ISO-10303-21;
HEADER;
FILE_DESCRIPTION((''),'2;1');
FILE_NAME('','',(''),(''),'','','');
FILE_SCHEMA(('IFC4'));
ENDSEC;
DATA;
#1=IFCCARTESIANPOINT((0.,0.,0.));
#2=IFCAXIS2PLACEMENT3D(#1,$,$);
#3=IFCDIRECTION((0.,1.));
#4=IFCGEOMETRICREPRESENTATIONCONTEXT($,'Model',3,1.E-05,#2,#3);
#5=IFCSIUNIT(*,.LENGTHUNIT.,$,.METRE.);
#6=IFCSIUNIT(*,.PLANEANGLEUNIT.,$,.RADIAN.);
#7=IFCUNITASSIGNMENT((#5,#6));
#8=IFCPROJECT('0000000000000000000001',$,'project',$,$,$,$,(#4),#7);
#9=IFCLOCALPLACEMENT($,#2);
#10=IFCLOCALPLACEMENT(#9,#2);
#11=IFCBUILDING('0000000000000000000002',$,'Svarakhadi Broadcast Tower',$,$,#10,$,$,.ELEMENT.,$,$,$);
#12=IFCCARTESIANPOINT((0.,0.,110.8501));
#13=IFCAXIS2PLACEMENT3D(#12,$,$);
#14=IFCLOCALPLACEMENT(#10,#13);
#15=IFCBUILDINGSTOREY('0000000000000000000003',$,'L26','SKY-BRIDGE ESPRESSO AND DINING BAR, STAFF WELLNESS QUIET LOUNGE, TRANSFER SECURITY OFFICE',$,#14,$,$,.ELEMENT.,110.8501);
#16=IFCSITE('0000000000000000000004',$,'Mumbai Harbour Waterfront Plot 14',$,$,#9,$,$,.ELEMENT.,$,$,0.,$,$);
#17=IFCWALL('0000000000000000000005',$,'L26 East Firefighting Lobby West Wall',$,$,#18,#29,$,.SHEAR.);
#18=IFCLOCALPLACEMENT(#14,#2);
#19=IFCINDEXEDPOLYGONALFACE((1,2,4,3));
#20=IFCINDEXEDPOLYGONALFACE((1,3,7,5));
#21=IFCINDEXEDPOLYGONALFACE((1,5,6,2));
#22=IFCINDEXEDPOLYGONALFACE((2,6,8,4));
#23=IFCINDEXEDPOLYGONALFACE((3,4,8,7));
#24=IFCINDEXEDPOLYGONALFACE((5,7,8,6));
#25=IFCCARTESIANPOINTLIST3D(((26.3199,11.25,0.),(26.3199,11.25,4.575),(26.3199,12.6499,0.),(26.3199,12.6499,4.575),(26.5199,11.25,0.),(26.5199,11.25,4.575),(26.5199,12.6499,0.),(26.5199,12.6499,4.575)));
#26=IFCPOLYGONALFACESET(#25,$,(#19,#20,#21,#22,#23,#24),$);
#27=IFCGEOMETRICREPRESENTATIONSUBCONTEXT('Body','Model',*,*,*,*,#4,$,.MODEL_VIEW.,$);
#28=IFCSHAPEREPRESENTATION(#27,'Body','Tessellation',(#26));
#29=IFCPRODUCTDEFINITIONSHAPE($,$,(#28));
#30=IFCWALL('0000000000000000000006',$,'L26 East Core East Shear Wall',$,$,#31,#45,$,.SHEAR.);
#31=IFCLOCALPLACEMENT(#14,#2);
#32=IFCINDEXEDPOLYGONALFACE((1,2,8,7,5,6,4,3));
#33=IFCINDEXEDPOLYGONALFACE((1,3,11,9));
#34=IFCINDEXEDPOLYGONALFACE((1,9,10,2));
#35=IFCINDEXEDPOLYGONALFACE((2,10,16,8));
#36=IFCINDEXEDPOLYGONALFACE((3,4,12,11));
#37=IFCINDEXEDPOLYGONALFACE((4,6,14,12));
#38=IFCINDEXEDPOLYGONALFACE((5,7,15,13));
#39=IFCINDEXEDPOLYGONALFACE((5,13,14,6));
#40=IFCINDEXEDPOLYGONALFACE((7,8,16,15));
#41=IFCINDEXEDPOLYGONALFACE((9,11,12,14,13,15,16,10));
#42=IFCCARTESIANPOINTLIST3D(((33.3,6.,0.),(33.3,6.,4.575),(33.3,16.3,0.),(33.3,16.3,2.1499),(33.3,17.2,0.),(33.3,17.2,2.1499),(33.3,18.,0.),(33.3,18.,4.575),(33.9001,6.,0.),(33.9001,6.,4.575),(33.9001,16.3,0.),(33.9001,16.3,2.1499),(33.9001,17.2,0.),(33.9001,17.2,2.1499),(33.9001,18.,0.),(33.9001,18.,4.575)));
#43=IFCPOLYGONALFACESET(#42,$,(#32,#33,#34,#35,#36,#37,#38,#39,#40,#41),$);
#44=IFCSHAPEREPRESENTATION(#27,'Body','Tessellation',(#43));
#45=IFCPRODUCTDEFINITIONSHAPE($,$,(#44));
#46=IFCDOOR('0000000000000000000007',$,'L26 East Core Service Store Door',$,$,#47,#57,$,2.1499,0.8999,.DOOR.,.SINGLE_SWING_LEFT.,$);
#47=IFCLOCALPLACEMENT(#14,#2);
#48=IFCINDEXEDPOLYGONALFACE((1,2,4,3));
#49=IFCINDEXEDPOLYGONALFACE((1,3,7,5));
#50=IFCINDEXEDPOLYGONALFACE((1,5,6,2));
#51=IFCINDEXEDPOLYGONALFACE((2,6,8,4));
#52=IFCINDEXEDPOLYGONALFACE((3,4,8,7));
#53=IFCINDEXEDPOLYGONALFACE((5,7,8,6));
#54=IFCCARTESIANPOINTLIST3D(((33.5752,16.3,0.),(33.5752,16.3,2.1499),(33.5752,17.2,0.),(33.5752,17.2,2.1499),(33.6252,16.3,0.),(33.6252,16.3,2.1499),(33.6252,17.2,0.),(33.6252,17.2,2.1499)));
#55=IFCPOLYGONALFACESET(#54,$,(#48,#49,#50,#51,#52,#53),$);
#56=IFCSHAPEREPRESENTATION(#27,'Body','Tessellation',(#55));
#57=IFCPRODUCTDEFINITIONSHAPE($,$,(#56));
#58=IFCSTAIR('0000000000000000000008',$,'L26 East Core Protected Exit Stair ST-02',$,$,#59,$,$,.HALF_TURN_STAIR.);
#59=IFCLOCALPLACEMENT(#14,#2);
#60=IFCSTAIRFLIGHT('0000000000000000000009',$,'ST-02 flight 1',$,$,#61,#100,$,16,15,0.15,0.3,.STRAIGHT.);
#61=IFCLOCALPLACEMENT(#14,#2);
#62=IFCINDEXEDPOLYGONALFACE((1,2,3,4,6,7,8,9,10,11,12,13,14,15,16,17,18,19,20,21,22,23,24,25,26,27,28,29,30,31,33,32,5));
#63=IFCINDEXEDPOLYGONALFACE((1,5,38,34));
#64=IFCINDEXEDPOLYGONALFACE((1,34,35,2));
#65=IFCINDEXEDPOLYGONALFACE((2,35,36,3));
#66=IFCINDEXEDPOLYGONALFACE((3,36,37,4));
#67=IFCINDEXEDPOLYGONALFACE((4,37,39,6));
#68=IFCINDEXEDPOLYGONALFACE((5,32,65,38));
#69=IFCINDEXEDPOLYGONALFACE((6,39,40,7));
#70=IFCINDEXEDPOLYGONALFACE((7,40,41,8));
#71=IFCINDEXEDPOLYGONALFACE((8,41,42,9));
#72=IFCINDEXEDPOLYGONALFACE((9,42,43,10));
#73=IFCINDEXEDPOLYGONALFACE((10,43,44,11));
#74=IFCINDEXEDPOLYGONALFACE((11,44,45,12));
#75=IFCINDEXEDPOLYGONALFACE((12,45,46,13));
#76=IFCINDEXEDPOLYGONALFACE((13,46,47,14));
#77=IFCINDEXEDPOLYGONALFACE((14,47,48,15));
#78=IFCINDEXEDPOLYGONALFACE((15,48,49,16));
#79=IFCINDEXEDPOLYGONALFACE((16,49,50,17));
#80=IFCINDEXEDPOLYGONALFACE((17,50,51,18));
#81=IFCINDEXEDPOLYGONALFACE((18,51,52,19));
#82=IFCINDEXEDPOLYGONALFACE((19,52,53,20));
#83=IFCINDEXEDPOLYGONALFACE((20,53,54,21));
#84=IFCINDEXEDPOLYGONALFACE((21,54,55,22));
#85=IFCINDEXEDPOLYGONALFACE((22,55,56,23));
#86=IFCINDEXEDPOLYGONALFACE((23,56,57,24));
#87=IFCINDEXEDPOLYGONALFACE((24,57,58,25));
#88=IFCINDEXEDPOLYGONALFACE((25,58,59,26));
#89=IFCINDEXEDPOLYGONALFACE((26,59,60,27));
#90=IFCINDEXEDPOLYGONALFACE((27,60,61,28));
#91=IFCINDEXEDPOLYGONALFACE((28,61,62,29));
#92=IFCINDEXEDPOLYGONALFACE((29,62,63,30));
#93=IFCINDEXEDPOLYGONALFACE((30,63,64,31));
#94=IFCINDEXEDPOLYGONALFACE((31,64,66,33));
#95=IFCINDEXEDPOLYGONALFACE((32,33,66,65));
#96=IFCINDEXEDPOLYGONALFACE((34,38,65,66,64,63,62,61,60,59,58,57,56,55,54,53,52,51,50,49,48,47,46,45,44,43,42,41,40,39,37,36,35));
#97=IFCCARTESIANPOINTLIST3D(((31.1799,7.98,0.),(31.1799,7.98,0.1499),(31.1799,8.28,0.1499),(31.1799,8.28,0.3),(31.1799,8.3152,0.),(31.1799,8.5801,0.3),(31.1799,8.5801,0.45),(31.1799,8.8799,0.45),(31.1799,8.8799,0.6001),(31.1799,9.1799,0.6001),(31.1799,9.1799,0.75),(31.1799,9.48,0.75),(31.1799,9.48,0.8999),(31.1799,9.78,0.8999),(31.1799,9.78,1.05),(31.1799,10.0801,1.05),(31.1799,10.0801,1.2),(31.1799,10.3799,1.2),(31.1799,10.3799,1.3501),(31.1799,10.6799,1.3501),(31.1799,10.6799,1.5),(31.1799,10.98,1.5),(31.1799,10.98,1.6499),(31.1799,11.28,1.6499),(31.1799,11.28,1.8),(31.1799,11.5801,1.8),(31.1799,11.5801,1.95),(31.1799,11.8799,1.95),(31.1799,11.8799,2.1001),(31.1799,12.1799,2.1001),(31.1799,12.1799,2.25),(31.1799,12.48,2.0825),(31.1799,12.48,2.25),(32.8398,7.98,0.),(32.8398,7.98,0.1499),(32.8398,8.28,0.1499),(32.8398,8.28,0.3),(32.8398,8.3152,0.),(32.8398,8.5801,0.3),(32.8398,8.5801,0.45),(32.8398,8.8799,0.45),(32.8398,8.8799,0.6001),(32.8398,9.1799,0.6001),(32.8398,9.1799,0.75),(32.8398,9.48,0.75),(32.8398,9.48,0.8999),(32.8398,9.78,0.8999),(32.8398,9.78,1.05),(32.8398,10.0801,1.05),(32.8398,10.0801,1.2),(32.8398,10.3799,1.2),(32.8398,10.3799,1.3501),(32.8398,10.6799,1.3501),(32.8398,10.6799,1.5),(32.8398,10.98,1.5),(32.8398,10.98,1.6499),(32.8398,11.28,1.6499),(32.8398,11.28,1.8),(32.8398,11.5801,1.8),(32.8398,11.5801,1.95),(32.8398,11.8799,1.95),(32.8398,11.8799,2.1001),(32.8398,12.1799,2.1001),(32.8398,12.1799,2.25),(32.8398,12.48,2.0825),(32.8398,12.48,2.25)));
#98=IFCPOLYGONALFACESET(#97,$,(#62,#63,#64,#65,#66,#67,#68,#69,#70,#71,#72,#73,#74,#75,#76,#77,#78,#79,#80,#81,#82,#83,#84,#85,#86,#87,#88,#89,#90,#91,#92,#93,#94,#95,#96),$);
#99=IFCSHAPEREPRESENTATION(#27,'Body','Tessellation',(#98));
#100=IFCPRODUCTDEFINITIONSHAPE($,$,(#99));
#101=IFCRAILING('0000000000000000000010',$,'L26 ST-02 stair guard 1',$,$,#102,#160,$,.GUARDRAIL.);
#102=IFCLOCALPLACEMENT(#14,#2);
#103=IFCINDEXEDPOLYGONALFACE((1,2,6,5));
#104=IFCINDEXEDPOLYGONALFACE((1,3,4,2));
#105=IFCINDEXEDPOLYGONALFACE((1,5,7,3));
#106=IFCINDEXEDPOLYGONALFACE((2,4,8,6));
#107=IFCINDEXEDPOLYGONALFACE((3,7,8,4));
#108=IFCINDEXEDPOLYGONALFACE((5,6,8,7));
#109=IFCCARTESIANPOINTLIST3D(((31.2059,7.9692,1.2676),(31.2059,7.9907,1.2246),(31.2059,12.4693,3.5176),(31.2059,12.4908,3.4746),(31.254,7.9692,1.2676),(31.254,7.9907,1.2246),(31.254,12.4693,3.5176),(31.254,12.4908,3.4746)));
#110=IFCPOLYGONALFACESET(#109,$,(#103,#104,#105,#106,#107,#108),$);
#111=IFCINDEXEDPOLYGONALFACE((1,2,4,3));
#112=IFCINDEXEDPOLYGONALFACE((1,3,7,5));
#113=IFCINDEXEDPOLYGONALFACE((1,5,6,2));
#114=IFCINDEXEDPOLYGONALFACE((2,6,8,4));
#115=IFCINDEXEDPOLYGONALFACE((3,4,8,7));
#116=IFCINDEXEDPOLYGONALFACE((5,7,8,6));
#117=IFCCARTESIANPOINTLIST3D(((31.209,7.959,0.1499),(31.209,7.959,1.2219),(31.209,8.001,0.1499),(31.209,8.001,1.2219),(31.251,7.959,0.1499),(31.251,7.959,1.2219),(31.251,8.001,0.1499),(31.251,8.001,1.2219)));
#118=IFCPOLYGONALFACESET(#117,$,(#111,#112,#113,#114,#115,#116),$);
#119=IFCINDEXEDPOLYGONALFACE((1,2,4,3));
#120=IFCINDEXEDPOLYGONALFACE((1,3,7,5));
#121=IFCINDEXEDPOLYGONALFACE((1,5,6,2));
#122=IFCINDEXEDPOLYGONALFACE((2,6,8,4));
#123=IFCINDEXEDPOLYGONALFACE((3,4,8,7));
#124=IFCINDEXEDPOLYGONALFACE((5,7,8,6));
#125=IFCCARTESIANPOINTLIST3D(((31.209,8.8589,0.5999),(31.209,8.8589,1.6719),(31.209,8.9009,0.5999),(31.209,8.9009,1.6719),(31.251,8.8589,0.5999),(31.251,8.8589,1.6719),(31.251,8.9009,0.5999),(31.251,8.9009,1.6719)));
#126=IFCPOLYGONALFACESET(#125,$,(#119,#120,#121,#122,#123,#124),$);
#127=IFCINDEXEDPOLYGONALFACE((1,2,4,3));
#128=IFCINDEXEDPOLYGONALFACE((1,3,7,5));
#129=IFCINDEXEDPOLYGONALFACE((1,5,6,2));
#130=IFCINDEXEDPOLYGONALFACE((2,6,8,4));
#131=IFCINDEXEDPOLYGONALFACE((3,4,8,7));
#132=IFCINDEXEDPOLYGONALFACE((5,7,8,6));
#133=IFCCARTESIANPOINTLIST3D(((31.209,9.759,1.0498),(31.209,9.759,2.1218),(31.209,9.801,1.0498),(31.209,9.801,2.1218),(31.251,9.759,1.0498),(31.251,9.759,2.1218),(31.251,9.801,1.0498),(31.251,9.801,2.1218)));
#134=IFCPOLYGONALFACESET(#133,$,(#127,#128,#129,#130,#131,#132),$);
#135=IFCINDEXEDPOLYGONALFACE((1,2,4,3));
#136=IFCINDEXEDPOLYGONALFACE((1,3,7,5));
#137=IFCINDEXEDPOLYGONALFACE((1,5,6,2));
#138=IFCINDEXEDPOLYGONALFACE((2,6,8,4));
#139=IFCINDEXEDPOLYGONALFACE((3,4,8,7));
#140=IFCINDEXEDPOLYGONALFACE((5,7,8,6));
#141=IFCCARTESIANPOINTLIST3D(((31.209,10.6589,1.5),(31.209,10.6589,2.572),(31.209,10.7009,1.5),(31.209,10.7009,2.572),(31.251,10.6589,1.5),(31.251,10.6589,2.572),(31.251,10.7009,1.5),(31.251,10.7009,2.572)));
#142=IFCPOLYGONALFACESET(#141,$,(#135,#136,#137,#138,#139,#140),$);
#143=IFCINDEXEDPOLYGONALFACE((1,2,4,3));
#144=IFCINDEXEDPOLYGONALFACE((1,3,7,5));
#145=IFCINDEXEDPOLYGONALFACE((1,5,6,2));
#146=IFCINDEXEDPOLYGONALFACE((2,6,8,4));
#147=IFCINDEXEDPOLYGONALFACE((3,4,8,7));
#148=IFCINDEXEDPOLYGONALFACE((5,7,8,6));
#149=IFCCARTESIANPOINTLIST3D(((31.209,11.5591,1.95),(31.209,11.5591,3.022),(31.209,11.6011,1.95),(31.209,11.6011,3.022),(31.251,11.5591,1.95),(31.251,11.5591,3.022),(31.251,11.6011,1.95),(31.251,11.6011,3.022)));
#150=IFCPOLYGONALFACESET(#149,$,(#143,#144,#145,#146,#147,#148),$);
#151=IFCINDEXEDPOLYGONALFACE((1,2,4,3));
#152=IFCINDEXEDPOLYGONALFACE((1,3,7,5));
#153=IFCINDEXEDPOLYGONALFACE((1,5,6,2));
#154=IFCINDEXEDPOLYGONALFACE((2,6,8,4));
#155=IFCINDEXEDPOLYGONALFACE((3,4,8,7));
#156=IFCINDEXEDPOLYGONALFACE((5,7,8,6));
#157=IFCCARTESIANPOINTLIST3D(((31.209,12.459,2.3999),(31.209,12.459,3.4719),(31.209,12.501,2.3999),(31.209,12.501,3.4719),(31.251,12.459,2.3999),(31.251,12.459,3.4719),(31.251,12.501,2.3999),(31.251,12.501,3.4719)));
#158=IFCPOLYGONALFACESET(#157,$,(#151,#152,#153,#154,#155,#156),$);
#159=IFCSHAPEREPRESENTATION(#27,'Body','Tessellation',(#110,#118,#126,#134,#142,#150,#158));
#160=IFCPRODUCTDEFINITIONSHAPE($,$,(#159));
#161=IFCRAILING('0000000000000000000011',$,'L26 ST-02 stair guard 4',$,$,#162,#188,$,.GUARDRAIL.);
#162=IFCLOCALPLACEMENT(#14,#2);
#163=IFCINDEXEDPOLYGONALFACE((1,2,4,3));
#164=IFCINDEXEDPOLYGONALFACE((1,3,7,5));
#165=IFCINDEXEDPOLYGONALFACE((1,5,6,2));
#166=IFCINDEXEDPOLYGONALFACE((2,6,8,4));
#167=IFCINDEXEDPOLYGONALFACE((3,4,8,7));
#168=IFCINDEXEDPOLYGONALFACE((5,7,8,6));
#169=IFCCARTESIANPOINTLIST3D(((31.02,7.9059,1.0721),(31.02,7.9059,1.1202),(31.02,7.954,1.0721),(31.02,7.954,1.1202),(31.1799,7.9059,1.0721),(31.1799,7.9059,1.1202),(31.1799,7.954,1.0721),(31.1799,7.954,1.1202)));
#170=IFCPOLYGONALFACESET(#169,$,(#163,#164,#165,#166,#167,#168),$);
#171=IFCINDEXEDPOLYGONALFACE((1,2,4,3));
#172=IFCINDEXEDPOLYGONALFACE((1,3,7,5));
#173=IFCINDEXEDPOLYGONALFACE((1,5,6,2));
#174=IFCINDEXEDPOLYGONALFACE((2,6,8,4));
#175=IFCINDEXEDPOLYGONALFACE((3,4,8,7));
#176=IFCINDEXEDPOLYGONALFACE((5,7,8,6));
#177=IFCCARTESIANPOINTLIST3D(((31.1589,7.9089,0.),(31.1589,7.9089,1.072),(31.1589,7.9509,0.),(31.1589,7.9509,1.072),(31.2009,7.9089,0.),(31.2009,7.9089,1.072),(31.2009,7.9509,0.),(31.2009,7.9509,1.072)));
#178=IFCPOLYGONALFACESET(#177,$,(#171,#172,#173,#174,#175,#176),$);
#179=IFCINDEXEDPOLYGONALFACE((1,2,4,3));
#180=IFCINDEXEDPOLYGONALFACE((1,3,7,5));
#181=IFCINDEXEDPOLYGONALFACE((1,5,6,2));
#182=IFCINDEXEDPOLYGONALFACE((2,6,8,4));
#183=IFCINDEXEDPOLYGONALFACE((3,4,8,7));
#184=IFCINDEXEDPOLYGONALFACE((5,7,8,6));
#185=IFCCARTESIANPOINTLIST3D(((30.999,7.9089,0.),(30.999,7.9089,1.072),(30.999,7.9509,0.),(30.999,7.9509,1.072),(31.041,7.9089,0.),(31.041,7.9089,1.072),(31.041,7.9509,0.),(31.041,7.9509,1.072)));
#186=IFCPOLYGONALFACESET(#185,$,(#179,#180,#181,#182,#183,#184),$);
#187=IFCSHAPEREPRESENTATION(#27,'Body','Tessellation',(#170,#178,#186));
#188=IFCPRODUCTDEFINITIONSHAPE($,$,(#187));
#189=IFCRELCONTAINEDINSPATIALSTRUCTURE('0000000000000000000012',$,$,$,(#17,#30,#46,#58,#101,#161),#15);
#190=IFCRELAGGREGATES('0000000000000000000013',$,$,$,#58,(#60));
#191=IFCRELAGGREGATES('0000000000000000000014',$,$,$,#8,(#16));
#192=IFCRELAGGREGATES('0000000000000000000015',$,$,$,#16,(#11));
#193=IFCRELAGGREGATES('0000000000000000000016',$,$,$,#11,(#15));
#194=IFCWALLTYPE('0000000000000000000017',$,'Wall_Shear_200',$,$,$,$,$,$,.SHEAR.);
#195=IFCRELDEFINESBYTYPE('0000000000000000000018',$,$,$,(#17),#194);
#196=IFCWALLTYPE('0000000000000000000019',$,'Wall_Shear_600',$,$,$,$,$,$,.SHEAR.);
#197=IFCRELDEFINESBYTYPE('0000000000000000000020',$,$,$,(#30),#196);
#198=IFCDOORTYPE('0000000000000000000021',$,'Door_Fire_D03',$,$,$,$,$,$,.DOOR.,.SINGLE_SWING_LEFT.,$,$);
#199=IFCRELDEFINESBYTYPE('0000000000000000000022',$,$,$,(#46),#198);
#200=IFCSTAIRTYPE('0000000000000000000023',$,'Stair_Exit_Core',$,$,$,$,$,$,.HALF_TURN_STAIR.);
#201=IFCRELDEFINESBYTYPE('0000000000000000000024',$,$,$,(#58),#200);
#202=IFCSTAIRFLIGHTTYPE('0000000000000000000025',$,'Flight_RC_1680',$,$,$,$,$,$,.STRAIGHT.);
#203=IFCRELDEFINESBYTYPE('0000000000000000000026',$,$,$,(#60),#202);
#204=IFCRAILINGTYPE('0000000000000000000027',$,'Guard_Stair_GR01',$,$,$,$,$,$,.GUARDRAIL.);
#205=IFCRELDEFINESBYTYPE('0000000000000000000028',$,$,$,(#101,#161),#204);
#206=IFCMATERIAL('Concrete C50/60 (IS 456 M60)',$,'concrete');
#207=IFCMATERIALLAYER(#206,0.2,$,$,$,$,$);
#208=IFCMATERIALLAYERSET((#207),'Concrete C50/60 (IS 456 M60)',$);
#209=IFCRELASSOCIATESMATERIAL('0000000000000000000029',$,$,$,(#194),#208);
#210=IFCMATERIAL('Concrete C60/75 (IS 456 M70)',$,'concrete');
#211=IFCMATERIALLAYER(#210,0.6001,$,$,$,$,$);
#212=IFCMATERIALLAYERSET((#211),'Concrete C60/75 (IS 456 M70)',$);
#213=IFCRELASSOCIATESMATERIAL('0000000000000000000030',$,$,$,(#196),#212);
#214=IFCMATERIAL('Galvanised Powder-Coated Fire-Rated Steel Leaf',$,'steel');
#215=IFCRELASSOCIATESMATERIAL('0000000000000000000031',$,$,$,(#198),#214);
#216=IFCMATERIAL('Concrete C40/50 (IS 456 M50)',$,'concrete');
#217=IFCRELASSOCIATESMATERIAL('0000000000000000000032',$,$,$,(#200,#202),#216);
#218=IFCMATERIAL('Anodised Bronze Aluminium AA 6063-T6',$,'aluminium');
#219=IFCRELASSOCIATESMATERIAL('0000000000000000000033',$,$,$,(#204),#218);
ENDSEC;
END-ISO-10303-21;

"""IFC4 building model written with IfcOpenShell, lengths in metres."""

from ifc_helpers import new_model, si_unit, direction, frame, frame_2d, origin, origin_2d, place, context, subcontext, project, spatial, polyline, rectangle, outline, extrude, material, layer, layer_set, type_object, element, fill, aggregate, save


model = new_model("IFC4")

# Units and contexts
model_context = context("Model", 3, precision=1e-05, world=origin(), true_north=direction((0.0, 1.0)))
body_context = subcontext(model_context, "Body", "Model", "MODEL_VIEW")
ifc_project = project(units=[si_unit("LENGTHUNIT", "METRE"), si_unit("PLANEANGLEUNIT", "RADIAN")], contexts=[model_context])

# Site, building, storey
site_placement = place(None, origin())
site = spatial("IfcSite", under=ifc_project, at=site_placement, Name="Mumbai Harbour Waterfront Plot 14", CompositionType="ELEMENT", RefElevation=0.0)
building_placement = place(site_placement, origin())
building = spatial("IfcBuilding", under=site, at=building_placement, Name="Svarakhadi Broadcast Tower", CompositionType="ELEMENT")
storey_placement = place(building_placement, frame((0.0, 0.0, 110.8501)))
storey = spatial("IfcBuildingStorey", under=building, at=storey_placement, Name="L26", Description="SKY-BRIDGE ESPRESSO AND DINING BAR, STAFF WELLNESS QUIET LOUNGE, TRANSFER SECURITY OFFICE", CompositionType="ELEMENT", Elevation=110.8501)

# Shared definitions
ifc_material_1 = material(Name="Concrete C50/60 (IS 456 M60)", Category="concrete")

# Shared definitions
ifc_material_2 = material(Name="Anodised Bronze Aluminium AA 6063-T6", Category="aluminium")

# Shared definitions
ifc_material_3 = material(Name="Concrete C40/50 (IS 456 M50)", Category="concrete")

# Shared definitions
ifc_layer_1 = layer(ifc_material_1, 0.2)
ifc_layer_set_1 = layer_set([ifc_layer_1], Name="Concrete C50/60 (IS 456 M60)")
wall_type_1 = type_object("IfcWallType", Name="Wall_Shear_200", PredefinedType="SHEAR", material=ifc_layer_set_1)
ifc_material_4 = material(Name="Galvanised Powder-Coated Fire-Rated Steel Leaf", Category="steel")

# Wall
wall_1_placement = place(storey_placement, frame((26.4199, 11.25, 0.0), z_axis=(0.0, 0.0, 1.0), x_axis=(0.0, 1.0, 0.0)))
element("IfcWall", 1, at=wall_1_placement, inside=storey, type_object=wall_type_1, Name="L26 East Firefighting Lobby West Wall", PredefinedType="SHEAR", context=body_context, shape_type="SweptSolid", body=[
    extrude(rectangle(XDim=1.3999, YDim=0.2, at=frame_2d((0.7, 0.0))), origin(), (0.0, 0.0, 1.0), 4.575),
])

# Wall, opening, door
ifc_material_5 = material(Name="Concrete C60/75 (IS 456 M70)", Category="concrete")
ifc_layer_2 = layer(ifc_material_5, 0.6001)
ifc_layer_set_2 = layer_set([ifc_layer_2], Name="Concrete C60/75 (IS 456 M70)")
wall_type_2 = type_object("IfcWallType", Name="Wall_Shear_600", PredefinedType="SHEAR", material=ifc_layer_set_2)
wall_2_placement = place(storey_placement, frame((33.6001, 6.0, 0.0), z_axis=(0.0, 0.0, 1.0), x_axis=(0.0, 1.0, 0.0)))
wall_2 = element("IfcWall", 2, at=wall_2_placement, inside=storey, type_object=wall_type_2, Name="L26 East Core East Shear Wall", PredefinedType="SHEAR", context=body_context, shape_type="SweptSolid", body=[
    extrude(rectangle(XDim=12.0, YDim=0.6001, at=frame_2d((6.0, 0.0))), origin(), (0.0, 0.0, 1.0), 4.575),
])
opening_1_placement = place(wall_2_placement, frame((10.3, 0.0, 0.0)))
opening_1 = element("IfcOpeningElement", 3, at=opening_1_placement, cuts=wall_2, PredefinedType="OPENING", context=body_context, shape_type="SweptSolid", body=[
    extrude(rectangle(XDim=0.8999, YDim=2.1499, at=frame_2d((0.45, 1.075))), frame((0.0, 0.3101, 0.0), z_axis=(0.0, -1.0, 0.0), x_axis=(1.0, 0.0, 0.0)), (0.0, 0.0, 1.0), 0.6201),
])
door_type_1 = type_object("IfcDoorType", Name="Door_Fire_D03", OperationType="SINGLE_SWING_LEFT", PredefinedType="DOOR", material=ifc_material_4)
door_1_placement = place(opening_1_placement, origin())
door_1 = element("IfcDoor", 4, at=door_1_placement, inside=storey, type_object=door_type_1, Name="L26 East Core Service Store Door", OperationType="SINGLE_SWING_LEFT", OverallHeight=2.1499, OverallWidth=0.8999, PredefinedType="DOOR", context=body_context, shape_type="SweptSolid", body=[
    extrude(rectangle(XDim=0.8999, YDim=2.1499, at=frame_2d((0.45, 1.075))), frame((0.0, 0.0249, 0.0), z_axis=(0.0, -1.0, 0.0), x_axis=(1.0, 0.0, 0.0)), (0.0, 0.0, 1.0), 0.05),
])
fill(opening_1, door_1)

# Stair, stair flight
stair_type = type_object("IfcStairType", Name="Stair_Exit_Core", PredefinedType="HALF_TURN_STAIR", material=ifc_material_3)
stair_placement = place(storey_placement, origin())
stair = element("IfcStair", 5, at=stair_placement, inside=storey, type_object=stair_type, Name="L26 East Core Protected Exit Stair ST-02", PredefinedType="HALF_TURN_STAIR")
stair_flight_type = type_object("IfcStairFlightType", Name="Flight_RC_1680", PredefinedType="STRAIGHT", material=ifc_material_3)
stair_flight_placement = place(storey_placement, frame((32.01, 7.98, 0.0), z_axis=(0.0, 0.0, 1.0), x_axis=(0.0, 1.0, 0.0)))
stair_flight = element("IfcStairFlight", 6, at=stair_flight_placement, type_object=stair_flight_type, Name="ST-02 flight 1", NumberOfRisers=16, NumberOfTreads=15, PredefinedType="STRAIGHT", RiserHeight=0.15, TreadLength=0.3, context=body_context, shape_type="SweptSolid", body=[
    extrude(outline(polyline([(0.0, 0.0), (0.0, 0.1499), (0.3, 0.1499), (0.3, 0.3), (0.6001, 0.3), (0.6001, 0.45), (0.8999, 0.45), (0.8999, 0.6001), (1.2, 0.6001), (1.2, 0.75), (1.5, 0.75), (1.5, 0.8999), (1.8, 0.8999), (1.8, 1.05), (2.1001, 1.05), (2.1001, 1.2), (2.3999, 1.2), (2.3999, 1.3501), (2.7, 1.3501), (2.7, 1.5), (3.0, 1.5), (3.0, 1.6499), (3.3, 1.6499), (3.3, 1.8), (3.6001, 1.8), (3.6001, 1.95), (3.8999, 1.95), (3.8999, 2.1001), (4.2, 2.1001), (4.2, 2.25), (4.5, 2.25), (4.5, 2.3999), (4.5, 2.0825), (0.3352, 0.0), (0.0, 0.0)])), frame((0.0, 0.8301, 0.0), z_axis=(0.0, -1.0, 0.0), x_axis=(1.0, 0.0, 0.0)), (0.0, 0.0, 1.0), 1.6599),
])
aggregate(stair, [stair_flight])

# Railings
railing_type_1 = type_object("IfcRailingType", Name="Guard_Stair_GR01", PredefinedType="GUARDRAIL", material=ifc_material_2)
railing_1_placement = place(storey_placement, frame((31.23, 7.98, 0.1499)))
element("IfcRailing", 7, at=railing_1_placement, inside=storey, type_object=railing_type_1, Name="L26 ST-02 stair guard 1", PredefinedType="GUARDRAIL", context=body_context, shape_type="SweptSolid", body=[
    extrude(rectangle(XDim=0.0481, YDim=0.0481, at=origin_2d()), frame((0.0, 0.0, 1.0962), z_axis=(0.0, 0.894427, 0.447214), x_axis=(-1.0, 0.0, 0.0)), (0.0, 0.0, 1.0), 5.0312),
    extrude(rectangle(XDim=0.042, YDim=0.042, at=origin_2d()), origin(), (0.0, 0.0, 1.0), 1.072),
    extrude(rectangle(XDim=0.042, YDim=0.042, at=origin_2d()), frame((0.0, 0.8999, 0.45)), (0.0, 0.0, 1.0), 1.072),
    extrude(rectangle(XDim=0.042, YDim=0.042, at=origin_2d()), frame((0.0, 1.8, 0.8999)), (0.0, 0.0, 1.0), 1.072),
    extrude(rectangle(XDim=0.042, YDim=0.042, at=origin_2d()), frame((0.0, 2.7, 1.3501)), (0.0, 0.0, 1.0), 1.072),
    extrude(rectangle(XDim=0.042, YDim=0.042, at=origin_2d()), frame((0.0, 3.6001, 1.8)), (0.0, 0.0, 1.0), 1.072),
    extrude(rectangle(XDim=0.042, YDim=0.042, at=origin_2d()), frame((0.0, 4.5, 2.25)), (0.0, 0.0, 1.0), 1.072),
])
railing_2_placement = place(storey_placement, frame((31.1799, 7.9299, 0.0)))
element("IfcRailing", 8, at=railing_2_placement, inside=storey, type_object=railing_type_1, Name="L26 ST-02 stair guard 4", PredefinedType="GUARDRAIL", context=body_context, shape_type="SweptSolid", body=[
    extrude(rectangle(XDim=0.0481, YDim=0.0481, at=origin_2d()), frame((0.0, 0.0, 1.0962), z_axis=(-1.0, 0.0, 0.0), x_axis=(0.0, -1.0, 0.0)), (0.0, 0.0, 1.0), 0.1599),
    extrude(rectangle(XDim=0.042, YDim=0.042, at=origin_2d()), origin(), (0.0, 0.0, 1.0), 1.072),
    extrude(rectangle(XDim=0.042, YDim=0.042, at=origin_2d()), frame((-0.1599, 0.0, 0.0)), (0.0, 0.0, 1.0), 1.072),
])

save(model, "model.ifc")
